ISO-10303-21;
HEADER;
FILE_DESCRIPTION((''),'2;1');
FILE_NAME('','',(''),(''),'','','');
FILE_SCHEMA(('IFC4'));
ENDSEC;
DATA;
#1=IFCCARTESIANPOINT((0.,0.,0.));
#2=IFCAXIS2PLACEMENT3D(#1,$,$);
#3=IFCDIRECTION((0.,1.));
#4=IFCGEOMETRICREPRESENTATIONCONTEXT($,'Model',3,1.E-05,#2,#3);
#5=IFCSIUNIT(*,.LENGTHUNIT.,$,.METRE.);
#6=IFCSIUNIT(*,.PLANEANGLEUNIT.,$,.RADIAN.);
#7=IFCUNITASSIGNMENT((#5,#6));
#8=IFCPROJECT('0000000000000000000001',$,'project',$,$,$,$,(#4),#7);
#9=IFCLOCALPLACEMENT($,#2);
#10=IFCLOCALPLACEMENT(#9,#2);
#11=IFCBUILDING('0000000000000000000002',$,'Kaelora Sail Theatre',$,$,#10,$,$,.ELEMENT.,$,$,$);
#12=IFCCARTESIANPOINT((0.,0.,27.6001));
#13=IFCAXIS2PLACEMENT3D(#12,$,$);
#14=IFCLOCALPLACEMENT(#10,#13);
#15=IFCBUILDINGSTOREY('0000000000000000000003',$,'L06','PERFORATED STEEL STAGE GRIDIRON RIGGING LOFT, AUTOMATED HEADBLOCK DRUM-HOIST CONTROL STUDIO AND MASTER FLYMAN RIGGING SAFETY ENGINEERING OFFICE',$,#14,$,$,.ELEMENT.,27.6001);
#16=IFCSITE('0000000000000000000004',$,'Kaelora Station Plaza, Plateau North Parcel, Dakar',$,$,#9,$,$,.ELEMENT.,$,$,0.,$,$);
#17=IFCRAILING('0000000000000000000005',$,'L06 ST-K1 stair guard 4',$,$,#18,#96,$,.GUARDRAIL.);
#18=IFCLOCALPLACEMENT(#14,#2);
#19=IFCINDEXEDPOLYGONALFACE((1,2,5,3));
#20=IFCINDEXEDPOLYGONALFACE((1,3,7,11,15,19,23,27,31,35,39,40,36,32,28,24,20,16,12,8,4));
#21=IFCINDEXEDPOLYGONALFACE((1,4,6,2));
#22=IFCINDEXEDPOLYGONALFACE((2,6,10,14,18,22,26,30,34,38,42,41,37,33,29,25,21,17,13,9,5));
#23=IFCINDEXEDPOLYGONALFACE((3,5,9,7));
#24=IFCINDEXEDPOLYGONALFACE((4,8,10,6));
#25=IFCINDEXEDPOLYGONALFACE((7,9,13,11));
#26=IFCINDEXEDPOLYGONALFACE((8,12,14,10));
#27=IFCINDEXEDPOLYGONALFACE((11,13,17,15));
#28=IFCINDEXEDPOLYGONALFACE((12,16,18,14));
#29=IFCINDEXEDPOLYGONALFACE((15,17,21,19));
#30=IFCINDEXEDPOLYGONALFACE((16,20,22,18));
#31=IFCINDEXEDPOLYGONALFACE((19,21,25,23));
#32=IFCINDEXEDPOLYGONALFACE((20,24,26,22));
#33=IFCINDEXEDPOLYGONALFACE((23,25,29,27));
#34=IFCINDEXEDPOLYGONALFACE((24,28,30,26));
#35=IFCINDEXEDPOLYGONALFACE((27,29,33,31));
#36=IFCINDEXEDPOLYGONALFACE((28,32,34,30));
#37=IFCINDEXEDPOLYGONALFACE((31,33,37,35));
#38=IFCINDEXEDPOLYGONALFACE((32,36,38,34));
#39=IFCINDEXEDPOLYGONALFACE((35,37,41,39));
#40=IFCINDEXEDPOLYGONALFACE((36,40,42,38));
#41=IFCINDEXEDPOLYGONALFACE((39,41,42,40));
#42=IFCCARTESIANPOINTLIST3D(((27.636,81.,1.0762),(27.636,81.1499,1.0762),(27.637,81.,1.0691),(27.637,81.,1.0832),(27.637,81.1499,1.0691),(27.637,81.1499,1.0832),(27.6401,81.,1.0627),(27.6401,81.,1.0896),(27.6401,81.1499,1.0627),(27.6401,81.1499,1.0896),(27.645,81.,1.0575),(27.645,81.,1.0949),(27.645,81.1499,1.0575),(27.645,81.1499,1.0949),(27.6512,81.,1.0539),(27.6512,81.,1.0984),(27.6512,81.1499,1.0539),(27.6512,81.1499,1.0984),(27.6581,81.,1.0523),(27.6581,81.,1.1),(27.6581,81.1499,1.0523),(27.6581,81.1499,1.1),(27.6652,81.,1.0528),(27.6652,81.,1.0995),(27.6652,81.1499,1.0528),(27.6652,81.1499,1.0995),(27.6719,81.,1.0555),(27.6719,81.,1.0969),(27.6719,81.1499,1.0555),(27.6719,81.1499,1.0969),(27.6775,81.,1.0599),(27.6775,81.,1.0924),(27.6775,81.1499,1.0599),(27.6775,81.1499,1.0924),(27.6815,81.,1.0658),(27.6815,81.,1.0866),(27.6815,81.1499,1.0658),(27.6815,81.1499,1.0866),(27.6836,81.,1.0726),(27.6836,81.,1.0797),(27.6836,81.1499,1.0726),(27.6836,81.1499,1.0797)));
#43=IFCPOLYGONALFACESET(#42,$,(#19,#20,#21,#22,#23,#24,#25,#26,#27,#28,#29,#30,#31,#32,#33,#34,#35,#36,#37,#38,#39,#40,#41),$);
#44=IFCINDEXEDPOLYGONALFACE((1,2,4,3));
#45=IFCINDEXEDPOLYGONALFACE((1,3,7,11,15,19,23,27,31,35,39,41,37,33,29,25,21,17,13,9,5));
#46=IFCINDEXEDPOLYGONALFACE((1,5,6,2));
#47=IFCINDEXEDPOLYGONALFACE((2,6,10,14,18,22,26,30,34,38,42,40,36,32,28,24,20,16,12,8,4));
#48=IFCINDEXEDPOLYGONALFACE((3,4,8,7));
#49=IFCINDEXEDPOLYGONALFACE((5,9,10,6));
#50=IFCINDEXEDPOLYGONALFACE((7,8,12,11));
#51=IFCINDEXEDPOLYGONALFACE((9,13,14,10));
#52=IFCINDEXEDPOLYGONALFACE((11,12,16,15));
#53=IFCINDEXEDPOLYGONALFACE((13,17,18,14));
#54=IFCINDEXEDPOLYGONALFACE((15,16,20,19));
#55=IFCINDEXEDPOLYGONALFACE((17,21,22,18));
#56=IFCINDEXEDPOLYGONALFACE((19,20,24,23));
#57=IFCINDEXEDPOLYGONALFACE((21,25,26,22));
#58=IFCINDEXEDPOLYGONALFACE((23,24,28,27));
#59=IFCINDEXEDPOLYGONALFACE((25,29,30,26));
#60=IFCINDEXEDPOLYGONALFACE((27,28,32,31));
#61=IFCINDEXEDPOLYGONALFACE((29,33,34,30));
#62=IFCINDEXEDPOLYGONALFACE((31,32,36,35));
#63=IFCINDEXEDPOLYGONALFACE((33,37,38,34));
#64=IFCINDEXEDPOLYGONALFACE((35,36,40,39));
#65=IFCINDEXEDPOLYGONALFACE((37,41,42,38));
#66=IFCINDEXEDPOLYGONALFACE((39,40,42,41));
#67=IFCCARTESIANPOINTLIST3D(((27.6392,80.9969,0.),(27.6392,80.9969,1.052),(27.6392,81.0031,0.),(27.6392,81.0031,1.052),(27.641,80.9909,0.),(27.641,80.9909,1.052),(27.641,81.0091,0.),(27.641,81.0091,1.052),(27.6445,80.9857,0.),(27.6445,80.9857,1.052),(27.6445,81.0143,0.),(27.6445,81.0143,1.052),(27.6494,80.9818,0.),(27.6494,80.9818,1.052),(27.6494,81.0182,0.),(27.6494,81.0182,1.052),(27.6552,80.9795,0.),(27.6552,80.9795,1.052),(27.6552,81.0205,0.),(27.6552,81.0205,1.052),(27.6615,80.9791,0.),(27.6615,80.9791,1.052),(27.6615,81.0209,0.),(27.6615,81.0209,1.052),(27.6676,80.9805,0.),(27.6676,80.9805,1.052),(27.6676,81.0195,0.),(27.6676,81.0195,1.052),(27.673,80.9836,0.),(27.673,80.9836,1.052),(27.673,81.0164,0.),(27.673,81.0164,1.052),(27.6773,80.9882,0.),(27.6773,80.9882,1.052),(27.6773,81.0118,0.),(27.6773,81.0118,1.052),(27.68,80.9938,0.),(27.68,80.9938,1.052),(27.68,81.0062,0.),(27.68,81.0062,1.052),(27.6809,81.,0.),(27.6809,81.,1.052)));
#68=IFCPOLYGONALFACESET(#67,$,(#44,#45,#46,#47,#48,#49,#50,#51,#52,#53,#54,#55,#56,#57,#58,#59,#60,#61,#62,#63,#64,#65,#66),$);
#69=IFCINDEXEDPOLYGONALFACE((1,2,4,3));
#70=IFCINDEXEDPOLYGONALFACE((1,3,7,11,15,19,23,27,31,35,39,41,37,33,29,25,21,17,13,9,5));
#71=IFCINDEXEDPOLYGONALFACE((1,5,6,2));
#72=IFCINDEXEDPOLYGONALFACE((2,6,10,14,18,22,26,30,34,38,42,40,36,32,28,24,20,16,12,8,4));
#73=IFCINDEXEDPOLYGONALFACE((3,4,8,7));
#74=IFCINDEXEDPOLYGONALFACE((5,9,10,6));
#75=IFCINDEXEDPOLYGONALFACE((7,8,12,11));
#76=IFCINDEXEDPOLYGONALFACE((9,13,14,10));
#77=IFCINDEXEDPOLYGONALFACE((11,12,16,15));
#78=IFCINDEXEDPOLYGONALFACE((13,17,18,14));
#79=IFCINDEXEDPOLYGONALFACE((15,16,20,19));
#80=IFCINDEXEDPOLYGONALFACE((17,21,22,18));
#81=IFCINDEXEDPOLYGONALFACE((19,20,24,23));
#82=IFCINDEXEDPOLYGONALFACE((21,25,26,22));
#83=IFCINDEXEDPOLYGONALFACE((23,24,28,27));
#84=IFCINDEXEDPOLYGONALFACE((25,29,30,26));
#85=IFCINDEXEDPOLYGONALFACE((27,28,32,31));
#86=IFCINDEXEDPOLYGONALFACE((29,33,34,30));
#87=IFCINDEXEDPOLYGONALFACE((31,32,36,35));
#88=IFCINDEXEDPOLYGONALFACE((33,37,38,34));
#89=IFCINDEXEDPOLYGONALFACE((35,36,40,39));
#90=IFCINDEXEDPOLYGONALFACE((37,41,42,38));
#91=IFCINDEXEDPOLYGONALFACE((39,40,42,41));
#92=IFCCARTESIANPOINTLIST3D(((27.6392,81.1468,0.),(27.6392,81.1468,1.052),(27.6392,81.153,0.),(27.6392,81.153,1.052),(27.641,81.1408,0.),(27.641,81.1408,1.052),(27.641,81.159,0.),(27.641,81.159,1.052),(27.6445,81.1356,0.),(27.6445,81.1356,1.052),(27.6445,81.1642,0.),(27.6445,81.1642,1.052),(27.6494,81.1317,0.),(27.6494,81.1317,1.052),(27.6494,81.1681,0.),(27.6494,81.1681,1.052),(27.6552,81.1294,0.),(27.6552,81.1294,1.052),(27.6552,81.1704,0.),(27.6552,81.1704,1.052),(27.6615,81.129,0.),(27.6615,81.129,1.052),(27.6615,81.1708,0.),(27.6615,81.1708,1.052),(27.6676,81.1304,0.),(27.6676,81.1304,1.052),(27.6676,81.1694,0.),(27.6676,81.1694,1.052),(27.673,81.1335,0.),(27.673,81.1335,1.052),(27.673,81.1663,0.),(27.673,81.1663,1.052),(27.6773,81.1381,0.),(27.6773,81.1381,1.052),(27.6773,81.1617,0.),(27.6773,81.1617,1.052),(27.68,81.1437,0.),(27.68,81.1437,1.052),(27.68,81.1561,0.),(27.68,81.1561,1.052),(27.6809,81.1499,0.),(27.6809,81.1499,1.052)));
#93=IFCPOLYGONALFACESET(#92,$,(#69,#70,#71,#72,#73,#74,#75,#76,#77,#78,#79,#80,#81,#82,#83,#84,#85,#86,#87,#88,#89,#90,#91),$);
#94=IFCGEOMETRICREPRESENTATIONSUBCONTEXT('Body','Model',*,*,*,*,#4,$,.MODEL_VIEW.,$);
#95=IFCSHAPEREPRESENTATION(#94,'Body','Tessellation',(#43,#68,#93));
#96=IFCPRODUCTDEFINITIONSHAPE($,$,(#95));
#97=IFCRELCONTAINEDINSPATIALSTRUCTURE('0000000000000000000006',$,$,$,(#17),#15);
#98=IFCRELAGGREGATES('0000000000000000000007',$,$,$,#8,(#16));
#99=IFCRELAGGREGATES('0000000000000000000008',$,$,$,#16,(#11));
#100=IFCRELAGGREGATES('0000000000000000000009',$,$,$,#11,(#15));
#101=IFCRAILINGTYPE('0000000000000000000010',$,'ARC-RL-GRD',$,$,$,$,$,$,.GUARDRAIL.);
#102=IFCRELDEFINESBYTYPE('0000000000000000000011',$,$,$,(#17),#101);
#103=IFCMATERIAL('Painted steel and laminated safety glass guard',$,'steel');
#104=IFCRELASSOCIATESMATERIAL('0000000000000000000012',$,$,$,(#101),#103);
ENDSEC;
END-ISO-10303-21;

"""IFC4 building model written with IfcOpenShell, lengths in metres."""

from ifc_helpers import new_model, si_unit, direction, frame, origin, origin_2d, place, context, subcontext, project, spatial, circle, extrude, material, type_object, element, save


model = new_model("IFC4")

# Units and contexts
model_context = context("Model", 3, precision=1e-05, world=origin(), true_north=direction((0.0, 1.0)))
body_context = subcontext(model_context, "Body", "Model", "MODEL_VIEW")
ifc_project = project(units=[si_unit("LENGTHUNIT", "METRE"), si_unit("PLANEANGLEUNIT", "RADIAN")], contexts=[model_context])

# Site, building, storey
site_placement = place(None, origin())
site = spatial("IfcSite", under=ifc_project, at=site_placement, Name="Kaelora Station Plaza, Plateau North Parcel, Dakar", CompositionType="ELEMENT", RefElevation=0.0)
building_placement = place(site_placement, origin())
building = spatial("IfcBuilding", under=site, at=building_placement, Name="Kaelora Sail Theatre", CompositionType="ELEMENT")
storey_placement = place(building_placement, frame((0.0, 0.0, 27.6001)))
storey = spatial("IfcBuildingStorey", under=building, at=storey_placement, Name="L06", Description="PERFORATED STEEL STAGE GRIDIRON RIGGING LOFT, AUTOMATED HEADBLOCK DRUM-HOIST CONTROL STUDIO AND MASTER FLYMAN RIGGING SAFETY ENGINEERING OFFICE", CompositionType="ELEMENT", Elevation=27.6001)

# Railing
ifc_material_1 = material(Name="Painted steel and laminated safety glass guard", Category="steel")
railing_type_1 = type_object("IfcRailingType", Name="ARC-RL-GRD", PredefinedType="GUARDRAIL", material=ifc_material_1)
railing_1_placement = place(storey_placement, frame((27.6599, 81.0, 0.0)))
element("IfcRailing", 1, at=railing_1_placement, inside=storey, type_object=railing_type_1, Name="L06 ST-K1 stair guard 4", PredefinedType="GUARDRAIL", context=body_context, shape_type="SweptSolid", body=[
    extrude(circle(Radius=0.0239, at=origin_2d()), frame((0.0, 0.0, 1.0762), z_axis=(0.0, 1.0, 0.0), x_axis=(-1.0, 0.0, 0.0)), (0.0, 0.0, 1.0), 0.1499),
    extrude(circle(Radius=0.021, at=origin_2d()), origin(), (0.0, 0.0, 1.0), 1.052),
    extrude(circle(Radius=0.021, at=origin_2d()), frame((0.0, 0.1499, 0.0)), (0.0, 0.0, 1.0), 1.052),
])

save(model, "model.ifc")
